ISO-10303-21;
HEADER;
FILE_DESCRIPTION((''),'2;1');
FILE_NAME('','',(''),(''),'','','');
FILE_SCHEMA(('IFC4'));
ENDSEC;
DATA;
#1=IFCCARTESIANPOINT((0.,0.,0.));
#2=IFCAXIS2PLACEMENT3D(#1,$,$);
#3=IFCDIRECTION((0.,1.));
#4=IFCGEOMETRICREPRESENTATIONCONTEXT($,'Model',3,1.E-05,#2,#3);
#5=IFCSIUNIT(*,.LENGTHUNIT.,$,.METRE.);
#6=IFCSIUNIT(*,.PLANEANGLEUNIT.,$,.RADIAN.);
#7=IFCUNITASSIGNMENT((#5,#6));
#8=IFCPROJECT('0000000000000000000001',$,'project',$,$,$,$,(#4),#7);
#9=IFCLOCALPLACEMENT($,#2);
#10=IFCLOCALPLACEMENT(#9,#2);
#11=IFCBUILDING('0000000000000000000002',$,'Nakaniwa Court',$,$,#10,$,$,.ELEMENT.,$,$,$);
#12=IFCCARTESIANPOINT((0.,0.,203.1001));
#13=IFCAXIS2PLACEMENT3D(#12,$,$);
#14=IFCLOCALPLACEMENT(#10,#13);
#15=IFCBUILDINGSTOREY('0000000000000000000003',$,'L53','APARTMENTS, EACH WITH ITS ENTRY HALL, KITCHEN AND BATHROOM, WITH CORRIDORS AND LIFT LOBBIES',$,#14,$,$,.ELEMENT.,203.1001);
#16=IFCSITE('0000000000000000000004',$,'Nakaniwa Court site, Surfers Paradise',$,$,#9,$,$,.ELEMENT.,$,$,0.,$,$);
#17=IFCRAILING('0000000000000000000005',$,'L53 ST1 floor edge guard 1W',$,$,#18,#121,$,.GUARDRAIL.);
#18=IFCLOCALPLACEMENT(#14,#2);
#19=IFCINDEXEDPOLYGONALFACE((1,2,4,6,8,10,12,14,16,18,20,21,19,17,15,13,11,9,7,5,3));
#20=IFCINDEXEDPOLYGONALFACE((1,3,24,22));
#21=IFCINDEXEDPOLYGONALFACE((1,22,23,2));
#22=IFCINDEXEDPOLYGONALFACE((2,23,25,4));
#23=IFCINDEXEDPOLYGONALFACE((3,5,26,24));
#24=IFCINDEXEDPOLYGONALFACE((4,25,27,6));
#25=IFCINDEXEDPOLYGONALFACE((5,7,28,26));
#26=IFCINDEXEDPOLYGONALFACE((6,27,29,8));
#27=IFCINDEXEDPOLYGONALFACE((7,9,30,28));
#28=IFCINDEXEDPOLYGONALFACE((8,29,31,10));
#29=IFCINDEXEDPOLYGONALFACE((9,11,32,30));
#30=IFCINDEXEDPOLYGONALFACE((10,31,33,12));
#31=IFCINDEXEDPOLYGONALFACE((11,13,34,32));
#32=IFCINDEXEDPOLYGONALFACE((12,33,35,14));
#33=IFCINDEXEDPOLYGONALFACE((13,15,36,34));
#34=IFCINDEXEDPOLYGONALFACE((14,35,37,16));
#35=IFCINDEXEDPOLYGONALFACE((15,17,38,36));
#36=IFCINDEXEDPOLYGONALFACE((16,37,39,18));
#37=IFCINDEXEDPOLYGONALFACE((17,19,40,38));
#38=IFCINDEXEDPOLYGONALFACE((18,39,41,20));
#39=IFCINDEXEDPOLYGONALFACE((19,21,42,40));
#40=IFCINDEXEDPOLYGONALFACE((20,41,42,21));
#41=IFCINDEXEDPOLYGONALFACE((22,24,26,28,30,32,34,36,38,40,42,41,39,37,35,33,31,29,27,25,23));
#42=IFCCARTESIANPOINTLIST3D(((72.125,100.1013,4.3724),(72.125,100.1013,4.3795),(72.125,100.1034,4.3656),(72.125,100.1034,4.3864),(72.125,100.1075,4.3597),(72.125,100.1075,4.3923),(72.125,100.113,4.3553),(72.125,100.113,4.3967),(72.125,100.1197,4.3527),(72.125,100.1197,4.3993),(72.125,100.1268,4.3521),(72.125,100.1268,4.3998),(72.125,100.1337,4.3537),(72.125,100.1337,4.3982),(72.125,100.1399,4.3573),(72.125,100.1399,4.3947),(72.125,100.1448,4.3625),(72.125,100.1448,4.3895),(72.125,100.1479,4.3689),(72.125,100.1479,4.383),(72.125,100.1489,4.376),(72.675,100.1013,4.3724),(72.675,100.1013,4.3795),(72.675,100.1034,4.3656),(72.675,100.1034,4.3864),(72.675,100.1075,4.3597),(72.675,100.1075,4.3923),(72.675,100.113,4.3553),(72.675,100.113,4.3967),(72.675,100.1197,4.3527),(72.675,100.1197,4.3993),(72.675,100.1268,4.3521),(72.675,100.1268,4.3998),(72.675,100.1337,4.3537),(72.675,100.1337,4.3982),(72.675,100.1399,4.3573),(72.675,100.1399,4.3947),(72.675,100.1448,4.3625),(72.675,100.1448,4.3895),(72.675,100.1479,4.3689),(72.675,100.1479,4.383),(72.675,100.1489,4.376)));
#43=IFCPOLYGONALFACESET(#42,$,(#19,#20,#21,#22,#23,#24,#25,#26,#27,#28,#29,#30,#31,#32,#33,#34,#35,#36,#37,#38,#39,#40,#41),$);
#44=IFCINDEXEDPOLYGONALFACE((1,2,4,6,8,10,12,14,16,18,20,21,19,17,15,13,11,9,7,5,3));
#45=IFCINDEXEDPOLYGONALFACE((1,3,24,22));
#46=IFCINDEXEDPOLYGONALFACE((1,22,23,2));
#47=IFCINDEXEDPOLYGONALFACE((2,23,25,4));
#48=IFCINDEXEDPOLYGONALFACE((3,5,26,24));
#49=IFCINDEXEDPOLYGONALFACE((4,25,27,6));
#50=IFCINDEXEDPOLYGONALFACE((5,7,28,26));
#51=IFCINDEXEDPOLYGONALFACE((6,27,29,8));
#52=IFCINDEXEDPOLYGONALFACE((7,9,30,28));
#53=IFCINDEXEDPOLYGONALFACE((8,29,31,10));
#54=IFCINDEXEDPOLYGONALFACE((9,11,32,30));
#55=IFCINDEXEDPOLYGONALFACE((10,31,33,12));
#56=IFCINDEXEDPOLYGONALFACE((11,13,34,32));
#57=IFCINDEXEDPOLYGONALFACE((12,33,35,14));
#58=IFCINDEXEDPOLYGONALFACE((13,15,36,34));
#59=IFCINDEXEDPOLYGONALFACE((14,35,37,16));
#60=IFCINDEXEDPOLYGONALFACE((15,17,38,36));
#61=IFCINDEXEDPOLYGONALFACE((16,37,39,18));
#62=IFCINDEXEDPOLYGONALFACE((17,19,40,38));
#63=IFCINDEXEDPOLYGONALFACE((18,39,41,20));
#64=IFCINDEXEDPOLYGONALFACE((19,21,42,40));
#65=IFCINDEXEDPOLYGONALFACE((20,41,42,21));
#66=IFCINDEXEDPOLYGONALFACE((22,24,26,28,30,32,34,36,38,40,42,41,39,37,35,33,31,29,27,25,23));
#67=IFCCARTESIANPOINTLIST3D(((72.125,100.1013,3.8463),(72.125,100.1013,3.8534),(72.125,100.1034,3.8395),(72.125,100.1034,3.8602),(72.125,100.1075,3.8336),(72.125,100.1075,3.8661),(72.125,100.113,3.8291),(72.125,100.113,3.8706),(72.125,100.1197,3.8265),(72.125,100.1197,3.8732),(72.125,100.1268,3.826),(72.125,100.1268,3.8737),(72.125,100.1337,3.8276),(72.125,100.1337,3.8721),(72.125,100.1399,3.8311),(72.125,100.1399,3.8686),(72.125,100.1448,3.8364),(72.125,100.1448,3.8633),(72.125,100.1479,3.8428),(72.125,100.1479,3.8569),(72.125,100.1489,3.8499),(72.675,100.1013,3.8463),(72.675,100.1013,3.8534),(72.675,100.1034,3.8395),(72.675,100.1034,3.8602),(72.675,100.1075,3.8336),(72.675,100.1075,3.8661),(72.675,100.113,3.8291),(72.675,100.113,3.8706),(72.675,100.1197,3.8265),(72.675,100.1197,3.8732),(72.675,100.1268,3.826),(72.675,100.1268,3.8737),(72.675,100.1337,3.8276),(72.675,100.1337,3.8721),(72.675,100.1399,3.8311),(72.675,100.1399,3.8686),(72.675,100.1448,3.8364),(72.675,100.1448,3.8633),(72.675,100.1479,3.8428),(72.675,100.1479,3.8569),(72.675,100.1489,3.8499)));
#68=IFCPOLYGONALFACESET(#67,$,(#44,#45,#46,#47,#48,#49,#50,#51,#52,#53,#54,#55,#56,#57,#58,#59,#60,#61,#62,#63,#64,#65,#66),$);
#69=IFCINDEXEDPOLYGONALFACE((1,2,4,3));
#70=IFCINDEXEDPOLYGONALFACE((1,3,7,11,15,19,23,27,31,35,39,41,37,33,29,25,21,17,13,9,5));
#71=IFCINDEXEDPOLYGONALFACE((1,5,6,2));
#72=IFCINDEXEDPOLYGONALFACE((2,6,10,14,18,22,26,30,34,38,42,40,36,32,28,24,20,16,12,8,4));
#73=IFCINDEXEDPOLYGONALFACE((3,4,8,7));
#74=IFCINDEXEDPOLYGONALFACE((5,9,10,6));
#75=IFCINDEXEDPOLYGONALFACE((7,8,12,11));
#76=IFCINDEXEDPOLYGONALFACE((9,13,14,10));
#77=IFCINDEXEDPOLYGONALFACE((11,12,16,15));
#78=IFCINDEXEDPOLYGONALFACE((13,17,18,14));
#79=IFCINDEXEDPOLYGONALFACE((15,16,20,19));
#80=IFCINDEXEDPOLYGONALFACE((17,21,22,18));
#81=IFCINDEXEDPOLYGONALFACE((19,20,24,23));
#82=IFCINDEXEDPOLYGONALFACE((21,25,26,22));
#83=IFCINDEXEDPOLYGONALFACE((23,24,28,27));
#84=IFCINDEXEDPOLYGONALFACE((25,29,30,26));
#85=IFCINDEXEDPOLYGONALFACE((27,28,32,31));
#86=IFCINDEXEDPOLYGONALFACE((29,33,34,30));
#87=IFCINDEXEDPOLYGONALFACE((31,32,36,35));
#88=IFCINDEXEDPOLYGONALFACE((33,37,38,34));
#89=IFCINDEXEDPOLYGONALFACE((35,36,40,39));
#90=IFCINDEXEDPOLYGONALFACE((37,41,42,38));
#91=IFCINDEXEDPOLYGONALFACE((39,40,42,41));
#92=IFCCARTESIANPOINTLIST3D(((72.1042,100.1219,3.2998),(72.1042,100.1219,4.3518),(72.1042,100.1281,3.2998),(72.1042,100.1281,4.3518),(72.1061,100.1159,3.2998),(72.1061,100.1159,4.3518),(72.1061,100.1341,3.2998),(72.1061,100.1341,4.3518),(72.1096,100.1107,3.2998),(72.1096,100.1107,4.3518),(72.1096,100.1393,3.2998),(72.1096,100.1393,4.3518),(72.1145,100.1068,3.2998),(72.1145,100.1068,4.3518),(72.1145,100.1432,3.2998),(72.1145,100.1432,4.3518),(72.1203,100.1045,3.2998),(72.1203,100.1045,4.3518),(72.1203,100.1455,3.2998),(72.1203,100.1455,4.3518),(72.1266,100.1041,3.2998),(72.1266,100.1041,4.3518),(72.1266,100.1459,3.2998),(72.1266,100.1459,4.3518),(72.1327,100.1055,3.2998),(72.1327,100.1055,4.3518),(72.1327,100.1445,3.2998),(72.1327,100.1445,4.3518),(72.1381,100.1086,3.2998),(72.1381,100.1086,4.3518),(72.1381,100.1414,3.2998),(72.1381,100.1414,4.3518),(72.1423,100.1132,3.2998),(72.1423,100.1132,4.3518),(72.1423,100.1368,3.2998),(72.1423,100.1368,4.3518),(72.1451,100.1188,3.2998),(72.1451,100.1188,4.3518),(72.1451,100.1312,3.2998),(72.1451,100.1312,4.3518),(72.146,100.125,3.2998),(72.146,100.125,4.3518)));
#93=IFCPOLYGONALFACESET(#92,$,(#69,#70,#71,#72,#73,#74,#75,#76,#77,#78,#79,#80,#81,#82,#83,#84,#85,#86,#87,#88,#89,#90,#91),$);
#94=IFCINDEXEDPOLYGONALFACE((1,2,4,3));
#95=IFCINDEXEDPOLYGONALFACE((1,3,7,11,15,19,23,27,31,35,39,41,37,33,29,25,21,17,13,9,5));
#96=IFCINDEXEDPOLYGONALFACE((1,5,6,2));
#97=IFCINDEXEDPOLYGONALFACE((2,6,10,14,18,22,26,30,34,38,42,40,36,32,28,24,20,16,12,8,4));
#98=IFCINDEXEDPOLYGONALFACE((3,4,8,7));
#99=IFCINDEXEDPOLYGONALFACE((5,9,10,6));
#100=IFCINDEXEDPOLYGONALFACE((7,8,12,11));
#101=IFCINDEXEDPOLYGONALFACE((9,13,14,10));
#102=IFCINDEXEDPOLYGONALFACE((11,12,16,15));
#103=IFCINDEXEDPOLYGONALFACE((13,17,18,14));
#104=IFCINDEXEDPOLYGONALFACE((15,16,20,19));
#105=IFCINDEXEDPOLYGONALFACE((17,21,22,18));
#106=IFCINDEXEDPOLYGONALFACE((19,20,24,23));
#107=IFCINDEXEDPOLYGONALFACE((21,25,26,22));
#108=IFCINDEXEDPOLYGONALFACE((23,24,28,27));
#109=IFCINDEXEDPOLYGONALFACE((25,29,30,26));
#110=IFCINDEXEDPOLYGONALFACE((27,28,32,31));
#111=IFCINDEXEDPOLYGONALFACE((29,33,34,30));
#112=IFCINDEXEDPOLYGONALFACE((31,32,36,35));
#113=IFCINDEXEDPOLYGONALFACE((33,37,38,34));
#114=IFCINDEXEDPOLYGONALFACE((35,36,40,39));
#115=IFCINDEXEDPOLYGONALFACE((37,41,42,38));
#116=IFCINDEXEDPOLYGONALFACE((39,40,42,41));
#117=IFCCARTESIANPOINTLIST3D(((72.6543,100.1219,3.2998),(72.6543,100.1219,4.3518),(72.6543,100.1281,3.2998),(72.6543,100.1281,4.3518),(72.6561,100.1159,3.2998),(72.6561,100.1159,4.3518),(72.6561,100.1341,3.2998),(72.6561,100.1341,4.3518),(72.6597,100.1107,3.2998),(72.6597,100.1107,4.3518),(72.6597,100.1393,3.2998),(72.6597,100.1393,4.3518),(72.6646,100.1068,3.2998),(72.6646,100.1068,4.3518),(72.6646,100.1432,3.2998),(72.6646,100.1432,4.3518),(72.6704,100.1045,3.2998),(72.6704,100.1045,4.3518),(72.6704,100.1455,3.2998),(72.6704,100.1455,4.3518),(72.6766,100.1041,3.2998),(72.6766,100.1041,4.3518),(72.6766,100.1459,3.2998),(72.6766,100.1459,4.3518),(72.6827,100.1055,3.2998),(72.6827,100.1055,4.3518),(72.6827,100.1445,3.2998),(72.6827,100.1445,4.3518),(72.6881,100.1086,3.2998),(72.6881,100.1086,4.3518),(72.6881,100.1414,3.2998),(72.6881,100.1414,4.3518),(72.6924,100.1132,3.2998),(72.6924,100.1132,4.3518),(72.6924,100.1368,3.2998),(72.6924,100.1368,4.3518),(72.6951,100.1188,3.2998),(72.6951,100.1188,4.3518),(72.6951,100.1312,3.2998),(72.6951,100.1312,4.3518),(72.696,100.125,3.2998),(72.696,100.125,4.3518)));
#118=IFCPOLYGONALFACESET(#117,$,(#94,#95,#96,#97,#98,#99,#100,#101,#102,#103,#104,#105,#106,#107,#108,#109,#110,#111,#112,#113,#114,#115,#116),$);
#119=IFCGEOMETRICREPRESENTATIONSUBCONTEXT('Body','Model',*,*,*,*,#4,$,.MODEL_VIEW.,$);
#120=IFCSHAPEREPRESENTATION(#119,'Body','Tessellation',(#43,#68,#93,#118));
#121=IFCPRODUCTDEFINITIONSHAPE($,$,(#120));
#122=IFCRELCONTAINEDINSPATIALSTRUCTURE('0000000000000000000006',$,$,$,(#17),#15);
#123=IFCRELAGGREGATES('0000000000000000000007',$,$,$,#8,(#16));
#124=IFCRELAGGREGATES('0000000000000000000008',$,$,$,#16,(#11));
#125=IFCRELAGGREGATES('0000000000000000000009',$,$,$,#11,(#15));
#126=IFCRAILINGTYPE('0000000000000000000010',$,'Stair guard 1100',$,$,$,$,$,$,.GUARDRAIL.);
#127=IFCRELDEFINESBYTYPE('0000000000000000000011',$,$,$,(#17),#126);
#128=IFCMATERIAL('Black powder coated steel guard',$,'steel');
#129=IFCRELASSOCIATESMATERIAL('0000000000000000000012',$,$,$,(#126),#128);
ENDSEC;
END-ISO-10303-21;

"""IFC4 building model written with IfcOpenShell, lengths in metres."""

from ifc_helpers import new_model, si_unit, direction, frame, origin, origin_2d, place, context, subcontext, project, spatial, circle, extrude, material, type_object, element, save


model = new_model("IFC4")

# Units and contexts
model_context = context("Model", 3, precision=1e-05, world=origin(), true_north=direction((0.0, 1.0)))
body_context = subcontext(model_context, "Body", "Model", "MODEL_VIEW")
ifc_project = project(units=[si_unit("LENGTHUNIT", "METRE"), si_unit("PLANEANGLEUNIT", "RADIAN")], contexts=[model_context])

# Site, building, storey
site_placement = place(None, origin())
site = spatial("IfcSite", under=ifc_project, at=site_placement, Name="Nakaniwa Court site, Surfers Paradise", CompositionType="ELEMENT", RefElevation=0.0)
building_placement = place(site_placement, origin())
building = spatial("IfcBuilding", under=site, at=building_placement, Name="Nakaniwa Court", CompositionType="ELEMENT")
storey_placement = place(building_placement, frame((0.0, 0.0, 203.1001)))
storey = spatial("IfcBuildingStorey", under=building, at=storey_placement, Name="L53", Description="APARTMENTS, EACH WITH ITS ENTRY HALL, KITCHEN AND BATHROOM, WITH CORRIDORS AND LIFT LOBBIES", CompositionType="ELEMENT", Elevation=203.1001)

# Railing
ifc_material_1 = material(Name="Black powder coated steel guard", Category="steel")
railing_type_1 = type_object("IfcRailingType", Name="Stair guard 1100", PredefinedType="GUARDRAIL", material=ifc_material_1)
for number, where, name in (
    (1, (72.125, 100.125, 3.2998), "L53 ST1 floor edge guard 1W"),
):
    element("IfcRailing", number, at=place(storey_placement, frame(where)), inside=storey, type_object=railing_type_1, Name=name, PredefinedType="GUARDRAIL", context=body_context, shape_type="SweptSolid", body=[
        extrude(circle(Radius=0.0239, at=origin_2d()), frame((0.0, 0.0, 1.0762), z_axis=(1.0, 0.0, 0.0), x_axis=(0.0, 1.0, 0.0)), (0.0, 0.0, 1.0), 0.55),
        extrude(circle(Radius=0.0239, at=origin_2d()), frame((0.0, 0.0, 0.55), z_axis=(1.0, 0.0, 0.0), x_axis=(0.0, 1.0, 0.0)), (0.0, 0.0, 1.0), 0.55),
        extrude(circle(Radius=0.021, at=origin_2d()), origin(), (0.0, 0.0, 1.0), 1.052),
        extrude(circle(Radius=0.021, at=origin_2d()), frame((0.55, 0.0, 0.0)), (0.0, 0.0, 1.0), 1.052),
    ])

save(model, "model.ifc")
